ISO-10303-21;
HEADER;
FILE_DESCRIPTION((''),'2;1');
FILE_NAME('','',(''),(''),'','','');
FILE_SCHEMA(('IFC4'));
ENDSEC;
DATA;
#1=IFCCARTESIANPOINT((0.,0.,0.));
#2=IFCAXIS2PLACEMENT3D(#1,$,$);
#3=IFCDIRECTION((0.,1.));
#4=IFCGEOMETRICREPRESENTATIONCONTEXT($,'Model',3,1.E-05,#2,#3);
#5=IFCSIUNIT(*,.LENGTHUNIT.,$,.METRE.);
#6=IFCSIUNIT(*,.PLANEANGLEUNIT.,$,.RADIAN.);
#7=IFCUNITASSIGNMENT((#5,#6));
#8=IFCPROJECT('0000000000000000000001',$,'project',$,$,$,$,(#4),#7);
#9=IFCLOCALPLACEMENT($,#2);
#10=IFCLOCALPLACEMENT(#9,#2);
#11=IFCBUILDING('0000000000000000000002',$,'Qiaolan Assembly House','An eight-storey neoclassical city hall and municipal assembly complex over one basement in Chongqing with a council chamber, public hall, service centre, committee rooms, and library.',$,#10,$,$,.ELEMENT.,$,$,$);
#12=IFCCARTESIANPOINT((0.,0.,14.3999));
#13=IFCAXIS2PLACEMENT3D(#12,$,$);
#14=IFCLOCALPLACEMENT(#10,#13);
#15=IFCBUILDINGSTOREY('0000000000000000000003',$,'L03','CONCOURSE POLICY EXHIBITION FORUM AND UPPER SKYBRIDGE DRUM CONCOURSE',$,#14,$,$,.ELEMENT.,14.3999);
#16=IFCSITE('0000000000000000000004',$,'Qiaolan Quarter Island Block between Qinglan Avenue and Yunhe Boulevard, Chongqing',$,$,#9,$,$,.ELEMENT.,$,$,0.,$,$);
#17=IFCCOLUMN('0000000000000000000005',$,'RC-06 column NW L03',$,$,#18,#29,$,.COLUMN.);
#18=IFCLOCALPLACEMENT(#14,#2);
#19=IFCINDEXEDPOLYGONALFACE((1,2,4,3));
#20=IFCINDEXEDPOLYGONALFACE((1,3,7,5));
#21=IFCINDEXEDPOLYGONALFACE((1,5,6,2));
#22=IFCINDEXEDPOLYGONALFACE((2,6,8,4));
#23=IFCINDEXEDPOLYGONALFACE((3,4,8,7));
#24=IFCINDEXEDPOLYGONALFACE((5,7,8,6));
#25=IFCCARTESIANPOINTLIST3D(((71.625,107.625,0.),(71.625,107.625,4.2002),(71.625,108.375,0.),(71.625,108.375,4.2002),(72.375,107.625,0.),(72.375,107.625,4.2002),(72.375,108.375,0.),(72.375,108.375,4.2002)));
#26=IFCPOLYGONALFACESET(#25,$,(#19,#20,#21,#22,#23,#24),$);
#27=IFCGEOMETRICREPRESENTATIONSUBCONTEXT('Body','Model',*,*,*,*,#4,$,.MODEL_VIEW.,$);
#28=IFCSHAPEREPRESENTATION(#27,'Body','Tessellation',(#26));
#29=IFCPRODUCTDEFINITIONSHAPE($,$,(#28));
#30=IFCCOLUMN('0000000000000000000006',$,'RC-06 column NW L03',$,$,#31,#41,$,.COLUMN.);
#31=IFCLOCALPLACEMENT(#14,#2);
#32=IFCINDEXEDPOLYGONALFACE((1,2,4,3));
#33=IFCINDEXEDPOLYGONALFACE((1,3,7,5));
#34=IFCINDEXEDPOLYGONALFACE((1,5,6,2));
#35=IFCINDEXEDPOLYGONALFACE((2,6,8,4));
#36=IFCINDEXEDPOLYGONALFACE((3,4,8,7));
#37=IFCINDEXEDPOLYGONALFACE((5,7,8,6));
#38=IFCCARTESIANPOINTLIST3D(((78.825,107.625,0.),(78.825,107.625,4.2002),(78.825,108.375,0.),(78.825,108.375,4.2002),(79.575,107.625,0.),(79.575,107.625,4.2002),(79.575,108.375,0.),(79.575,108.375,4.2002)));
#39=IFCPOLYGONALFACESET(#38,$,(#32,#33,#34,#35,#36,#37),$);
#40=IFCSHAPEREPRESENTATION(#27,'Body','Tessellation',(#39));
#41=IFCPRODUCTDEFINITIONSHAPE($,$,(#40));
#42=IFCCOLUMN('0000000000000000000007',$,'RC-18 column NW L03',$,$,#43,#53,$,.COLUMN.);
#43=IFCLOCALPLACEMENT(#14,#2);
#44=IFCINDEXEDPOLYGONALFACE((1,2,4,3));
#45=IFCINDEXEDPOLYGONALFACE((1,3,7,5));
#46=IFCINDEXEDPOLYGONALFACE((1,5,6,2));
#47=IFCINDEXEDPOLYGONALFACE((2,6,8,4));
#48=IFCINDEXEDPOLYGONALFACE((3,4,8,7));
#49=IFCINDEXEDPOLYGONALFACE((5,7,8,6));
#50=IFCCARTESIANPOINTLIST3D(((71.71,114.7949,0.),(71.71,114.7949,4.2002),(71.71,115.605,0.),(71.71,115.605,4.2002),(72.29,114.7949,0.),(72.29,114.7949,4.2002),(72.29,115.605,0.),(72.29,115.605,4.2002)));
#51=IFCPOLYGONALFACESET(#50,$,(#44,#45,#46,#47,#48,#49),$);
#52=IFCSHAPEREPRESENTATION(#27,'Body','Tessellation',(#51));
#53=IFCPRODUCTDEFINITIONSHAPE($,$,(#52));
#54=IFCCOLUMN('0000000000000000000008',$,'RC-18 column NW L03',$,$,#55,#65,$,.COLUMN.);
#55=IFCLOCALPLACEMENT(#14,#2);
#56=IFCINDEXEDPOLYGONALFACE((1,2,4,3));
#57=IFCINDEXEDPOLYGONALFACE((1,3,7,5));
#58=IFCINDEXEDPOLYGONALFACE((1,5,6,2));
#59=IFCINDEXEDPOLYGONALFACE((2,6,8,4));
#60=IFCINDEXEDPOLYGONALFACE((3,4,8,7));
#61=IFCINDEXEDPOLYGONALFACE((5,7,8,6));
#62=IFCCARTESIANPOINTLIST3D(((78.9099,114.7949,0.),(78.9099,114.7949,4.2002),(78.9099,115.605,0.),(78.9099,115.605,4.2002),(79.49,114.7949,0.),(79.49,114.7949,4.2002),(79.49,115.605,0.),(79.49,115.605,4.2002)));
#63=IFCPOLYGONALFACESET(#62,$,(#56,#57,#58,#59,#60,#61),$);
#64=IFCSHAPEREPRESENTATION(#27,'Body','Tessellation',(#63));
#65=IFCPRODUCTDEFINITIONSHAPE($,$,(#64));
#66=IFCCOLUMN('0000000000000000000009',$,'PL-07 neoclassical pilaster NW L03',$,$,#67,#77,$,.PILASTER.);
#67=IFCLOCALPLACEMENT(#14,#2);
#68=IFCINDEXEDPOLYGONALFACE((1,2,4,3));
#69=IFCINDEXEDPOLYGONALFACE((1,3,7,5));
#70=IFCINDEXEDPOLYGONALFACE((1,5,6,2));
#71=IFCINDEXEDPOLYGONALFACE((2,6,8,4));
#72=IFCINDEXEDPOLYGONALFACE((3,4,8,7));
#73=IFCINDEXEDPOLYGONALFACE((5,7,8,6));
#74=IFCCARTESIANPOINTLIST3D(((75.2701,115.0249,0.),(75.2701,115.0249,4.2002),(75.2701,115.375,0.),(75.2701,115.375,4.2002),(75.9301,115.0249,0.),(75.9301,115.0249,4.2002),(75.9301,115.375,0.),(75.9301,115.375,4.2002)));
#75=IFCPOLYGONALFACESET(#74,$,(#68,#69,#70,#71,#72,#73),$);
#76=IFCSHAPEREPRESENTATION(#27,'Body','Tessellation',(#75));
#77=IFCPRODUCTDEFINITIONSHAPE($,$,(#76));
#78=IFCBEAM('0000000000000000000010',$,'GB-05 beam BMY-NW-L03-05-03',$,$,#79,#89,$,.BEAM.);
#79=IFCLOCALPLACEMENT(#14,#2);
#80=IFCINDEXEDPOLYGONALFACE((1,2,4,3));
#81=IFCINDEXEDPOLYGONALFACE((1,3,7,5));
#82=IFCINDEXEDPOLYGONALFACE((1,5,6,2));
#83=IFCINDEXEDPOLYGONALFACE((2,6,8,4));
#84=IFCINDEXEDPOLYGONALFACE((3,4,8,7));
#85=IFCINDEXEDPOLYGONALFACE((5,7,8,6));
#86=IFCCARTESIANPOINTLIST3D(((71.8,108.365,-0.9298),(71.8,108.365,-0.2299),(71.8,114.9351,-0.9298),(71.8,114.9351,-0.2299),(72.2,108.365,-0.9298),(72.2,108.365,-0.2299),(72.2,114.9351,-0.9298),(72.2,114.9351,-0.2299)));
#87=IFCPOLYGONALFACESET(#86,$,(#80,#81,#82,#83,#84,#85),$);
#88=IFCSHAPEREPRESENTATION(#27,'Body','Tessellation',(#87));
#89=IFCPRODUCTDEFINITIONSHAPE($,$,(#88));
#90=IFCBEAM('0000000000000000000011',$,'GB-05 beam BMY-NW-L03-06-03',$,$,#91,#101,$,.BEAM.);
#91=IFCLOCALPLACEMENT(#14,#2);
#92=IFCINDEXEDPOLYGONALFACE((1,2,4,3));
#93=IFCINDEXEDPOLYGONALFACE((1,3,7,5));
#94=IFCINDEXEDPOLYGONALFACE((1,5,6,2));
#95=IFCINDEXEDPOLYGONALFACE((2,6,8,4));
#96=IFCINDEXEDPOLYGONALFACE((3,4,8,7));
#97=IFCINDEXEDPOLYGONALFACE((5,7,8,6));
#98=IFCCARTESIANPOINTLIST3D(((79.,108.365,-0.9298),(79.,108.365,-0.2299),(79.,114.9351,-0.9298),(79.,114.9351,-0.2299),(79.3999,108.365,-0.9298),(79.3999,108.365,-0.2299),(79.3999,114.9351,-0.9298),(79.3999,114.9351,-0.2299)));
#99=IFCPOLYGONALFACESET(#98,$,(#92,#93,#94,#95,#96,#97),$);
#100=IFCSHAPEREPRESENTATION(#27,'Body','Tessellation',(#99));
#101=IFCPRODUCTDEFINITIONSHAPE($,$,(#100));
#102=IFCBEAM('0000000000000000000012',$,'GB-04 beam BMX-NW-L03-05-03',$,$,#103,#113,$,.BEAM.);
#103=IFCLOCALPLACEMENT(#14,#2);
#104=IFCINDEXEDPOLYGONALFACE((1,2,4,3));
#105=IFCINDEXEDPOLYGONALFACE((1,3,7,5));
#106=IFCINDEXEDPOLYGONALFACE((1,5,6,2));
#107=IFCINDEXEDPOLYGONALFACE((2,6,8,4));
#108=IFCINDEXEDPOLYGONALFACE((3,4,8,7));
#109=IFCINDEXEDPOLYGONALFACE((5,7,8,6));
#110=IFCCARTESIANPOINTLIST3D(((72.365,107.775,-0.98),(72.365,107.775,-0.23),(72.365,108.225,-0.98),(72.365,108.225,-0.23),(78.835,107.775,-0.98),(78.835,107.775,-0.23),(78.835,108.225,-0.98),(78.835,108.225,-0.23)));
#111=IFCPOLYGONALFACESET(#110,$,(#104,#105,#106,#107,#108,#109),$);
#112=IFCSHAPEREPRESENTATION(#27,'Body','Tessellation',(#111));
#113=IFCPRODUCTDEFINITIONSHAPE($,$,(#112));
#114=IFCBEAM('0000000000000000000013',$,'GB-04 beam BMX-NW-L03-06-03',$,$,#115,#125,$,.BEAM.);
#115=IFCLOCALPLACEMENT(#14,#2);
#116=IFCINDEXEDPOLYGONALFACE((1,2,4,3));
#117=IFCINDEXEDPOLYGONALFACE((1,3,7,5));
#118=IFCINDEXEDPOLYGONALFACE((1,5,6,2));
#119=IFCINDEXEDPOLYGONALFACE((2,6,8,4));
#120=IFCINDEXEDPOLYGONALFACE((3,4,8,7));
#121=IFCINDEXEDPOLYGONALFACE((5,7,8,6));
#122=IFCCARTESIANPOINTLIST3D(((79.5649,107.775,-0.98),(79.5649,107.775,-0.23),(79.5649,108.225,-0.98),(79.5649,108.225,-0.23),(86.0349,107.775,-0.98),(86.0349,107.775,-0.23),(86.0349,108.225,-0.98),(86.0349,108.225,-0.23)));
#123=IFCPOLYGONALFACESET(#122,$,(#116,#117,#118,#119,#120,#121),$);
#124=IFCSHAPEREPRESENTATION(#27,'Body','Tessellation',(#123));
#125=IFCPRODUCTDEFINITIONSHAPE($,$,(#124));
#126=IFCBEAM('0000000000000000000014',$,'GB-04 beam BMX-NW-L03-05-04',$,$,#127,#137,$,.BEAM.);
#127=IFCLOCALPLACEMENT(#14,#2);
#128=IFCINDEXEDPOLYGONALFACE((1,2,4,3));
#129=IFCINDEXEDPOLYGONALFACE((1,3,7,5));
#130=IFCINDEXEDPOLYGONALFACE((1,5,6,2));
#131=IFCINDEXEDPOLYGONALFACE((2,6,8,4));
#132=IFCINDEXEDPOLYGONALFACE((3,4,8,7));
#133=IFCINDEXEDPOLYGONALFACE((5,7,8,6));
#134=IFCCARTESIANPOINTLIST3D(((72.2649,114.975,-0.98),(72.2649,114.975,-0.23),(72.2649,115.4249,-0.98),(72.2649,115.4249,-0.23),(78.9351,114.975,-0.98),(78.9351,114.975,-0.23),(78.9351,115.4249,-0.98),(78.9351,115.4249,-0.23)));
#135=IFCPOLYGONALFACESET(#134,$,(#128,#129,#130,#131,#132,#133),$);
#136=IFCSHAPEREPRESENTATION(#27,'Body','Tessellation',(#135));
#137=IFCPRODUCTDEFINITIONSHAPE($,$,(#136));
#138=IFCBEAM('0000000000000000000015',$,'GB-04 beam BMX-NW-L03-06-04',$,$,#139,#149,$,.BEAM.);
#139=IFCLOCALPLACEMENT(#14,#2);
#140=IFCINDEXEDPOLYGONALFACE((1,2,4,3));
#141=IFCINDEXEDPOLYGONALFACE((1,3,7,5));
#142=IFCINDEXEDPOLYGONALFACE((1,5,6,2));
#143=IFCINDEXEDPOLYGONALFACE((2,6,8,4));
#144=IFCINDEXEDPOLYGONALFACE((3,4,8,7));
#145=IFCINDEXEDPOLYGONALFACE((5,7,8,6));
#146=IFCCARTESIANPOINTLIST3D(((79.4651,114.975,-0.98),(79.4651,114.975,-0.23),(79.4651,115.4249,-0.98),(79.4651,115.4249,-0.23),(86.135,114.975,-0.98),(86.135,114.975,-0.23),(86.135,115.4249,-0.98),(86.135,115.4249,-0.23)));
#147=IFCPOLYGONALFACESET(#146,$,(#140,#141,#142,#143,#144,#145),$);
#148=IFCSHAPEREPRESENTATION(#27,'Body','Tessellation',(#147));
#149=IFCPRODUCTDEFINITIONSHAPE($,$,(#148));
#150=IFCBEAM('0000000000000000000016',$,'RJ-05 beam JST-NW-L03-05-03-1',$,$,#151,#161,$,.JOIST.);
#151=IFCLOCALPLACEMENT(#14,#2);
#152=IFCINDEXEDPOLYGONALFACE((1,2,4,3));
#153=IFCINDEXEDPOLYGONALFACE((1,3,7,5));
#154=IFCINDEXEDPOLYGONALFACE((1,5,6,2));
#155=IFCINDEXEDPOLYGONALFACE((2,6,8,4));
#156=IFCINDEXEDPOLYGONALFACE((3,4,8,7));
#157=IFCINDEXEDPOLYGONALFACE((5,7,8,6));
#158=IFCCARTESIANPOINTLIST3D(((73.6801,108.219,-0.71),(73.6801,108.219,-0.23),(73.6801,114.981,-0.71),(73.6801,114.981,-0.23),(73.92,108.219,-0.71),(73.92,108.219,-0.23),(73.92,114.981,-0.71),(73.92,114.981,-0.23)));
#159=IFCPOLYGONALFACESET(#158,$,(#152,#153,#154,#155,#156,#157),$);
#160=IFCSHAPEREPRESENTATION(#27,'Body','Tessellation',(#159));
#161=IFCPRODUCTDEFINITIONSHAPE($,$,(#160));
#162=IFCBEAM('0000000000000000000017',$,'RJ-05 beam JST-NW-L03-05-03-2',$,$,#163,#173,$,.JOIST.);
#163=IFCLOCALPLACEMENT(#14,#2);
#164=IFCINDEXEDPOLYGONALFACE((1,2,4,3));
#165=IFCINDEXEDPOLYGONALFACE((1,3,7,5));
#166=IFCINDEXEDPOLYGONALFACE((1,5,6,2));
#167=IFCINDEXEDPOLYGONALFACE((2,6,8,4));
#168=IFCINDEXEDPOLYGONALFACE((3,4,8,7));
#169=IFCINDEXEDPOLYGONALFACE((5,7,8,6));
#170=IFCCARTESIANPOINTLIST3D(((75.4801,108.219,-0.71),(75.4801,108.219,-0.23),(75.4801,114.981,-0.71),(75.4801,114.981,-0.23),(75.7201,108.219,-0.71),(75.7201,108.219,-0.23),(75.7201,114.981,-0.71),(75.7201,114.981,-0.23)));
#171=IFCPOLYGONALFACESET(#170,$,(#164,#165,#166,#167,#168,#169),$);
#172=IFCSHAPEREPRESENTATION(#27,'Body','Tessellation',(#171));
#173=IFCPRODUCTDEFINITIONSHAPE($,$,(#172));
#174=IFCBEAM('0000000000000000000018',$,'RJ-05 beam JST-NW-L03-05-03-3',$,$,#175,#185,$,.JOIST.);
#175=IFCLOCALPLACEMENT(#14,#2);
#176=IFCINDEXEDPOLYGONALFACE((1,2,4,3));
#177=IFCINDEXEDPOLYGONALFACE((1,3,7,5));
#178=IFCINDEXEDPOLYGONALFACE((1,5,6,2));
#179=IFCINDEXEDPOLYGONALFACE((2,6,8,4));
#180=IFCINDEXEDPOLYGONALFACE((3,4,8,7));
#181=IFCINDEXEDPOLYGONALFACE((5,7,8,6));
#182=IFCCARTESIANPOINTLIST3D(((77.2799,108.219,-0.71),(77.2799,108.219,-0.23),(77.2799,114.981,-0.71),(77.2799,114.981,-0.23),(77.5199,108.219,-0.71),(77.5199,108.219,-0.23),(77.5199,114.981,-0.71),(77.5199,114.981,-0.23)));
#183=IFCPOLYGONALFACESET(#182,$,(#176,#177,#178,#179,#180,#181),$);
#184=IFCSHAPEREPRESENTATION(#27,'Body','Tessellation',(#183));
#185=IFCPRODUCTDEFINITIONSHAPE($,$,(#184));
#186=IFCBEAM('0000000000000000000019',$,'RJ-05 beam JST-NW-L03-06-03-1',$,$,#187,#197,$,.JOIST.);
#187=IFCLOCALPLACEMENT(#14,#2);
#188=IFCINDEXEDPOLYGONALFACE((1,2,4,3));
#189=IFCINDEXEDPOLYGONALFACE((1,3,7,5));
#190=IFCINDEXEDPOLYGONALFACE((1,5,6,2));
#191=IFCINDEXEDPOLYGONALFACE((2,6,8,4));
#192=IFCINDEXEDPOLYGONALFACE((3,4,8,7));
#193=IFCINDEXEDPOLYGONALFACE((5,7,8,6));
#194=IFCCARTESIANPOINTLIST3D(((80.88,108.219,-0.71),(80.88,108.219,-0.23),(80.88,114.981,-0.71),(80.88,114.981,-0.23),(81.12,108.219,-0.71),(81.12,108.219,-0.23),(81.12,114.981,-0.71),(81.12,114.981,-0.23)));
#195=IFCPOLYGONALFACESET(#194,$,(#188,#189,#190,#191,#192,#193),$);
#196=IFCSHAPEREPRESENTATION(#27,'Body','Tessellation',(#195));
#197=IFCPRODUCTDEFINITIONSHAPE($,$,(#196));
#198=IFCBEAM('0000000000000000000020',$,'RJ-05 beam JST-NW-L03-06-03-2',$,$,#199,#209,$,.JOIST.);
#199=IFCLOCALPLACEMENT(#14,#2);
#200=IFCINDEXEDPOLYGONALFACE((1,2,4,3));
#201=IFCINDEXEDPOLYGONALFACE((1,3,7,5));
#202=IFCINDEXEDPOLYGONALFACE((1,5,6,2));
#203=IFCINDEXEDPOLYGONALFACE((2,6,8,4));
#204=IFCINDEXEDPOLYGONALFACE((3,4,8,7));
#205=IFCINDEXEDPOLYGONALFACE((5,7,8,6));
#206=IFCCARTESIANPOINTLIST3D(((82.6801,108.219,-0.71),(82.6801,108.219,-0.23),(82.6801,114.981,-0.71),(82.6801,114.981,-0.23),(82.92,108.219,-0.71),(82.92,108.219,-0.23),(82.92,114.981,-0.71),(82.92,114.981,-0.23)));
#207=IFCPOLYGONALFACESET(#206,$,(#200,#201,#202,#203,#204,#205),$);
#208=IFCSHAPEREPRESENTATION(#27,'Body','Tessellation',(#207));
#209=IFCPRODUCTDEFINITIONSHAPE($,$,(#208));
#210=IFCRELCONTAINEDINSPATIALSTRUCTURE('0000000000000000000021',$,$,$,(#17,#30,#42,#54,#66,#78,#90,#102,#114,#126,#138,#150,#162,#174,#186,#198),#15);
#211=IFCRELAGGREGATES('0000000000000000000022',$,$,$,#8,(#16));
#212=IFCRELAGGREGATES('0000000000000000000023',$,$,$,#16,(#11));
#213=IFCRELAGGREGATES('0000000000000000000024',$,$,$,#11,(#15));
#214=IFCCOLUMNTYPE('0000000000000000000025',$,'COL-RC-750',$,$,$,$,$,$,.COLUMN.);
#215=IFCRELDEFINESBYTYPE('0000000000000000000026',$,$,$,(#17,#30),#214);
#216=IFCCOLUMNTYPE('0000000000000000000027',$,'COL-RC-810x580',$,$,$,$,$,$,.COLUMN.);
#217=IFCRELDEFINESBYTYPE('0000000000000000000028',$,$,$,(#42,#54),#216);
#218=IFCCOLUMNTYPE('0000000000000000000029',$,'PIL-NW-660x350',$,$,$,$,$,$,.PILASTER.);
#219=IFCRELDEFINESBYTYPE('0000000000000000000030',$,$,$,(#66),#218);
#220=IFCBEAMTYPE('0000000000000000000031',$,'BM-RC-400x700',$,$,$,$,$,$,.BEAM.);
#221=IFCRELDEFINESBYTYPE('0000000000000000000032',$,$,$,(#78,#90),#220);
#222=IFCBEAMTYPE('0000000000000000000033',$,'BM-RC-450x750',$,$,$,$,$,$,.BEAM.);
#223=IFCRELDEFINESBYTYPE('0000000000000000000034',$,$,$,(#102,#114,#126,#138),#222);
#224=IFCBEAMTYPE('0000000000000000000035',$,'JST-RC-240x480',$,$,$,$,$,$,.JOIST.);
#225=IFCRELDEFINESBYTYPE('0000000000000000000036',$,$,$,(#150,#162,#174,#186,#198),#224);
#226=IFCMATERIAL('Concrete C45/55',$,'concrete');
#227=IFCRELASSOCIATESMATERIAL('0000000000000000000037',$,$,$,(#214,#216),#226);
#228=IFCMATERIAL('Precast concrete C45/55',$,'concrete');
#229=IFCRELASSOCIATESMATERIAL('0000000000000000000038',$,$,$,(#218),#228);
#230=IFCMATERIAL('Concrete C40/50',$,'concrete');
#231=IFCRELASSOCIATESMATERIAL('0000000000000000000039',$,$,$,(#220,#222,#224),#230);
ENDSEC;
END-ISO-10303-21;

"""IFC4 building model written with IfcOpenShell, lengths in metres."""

from ifc_helpers import new_model, si_unit, direction, frame, origin, origin_2d, place, context, subcontext, project, spatial, rectangle, extrude, material, material_profile, profile_set, type_object, element, save


model = new_model("IFC4")

# Units and contexts
model_context = context("Model", 3, precision=1e-05, world=origin(), true_north=direction((0.0, 1.0)))
body_context = subcontext(model_context, "Body", "Model", "MODEL_VIEW")
ifc_project = project(units=[si_unit("LENGTHUNIT", "METRE"), si_unit("PLANEANGLEUNIT", "RADIAN")], contexts=[model_context])

# Site, building, storey
site_placement = place(None, origin())
site = spatial("IfcSite", under=ifc_project, at=site_placement, Name="Qiaolan Quarter Island Block between Qinglan Avenue and Yunhe Boulevard, Chongqing", CompositionType="ELEMENT", RefElevation=0.0)
building_placement = place(site_placement, origin())
building = spatial("IfcBuilding", under=site, at=building_placement, Name="Qiaolan Assembly House", Description="An eight-storey neoclassical city hall and municipal assembly complex over one basement in Chongqing with a council chamber, public hall, service centre, committee rooms, and library.", CompositionType="ELEMENT")
storey_placement = place(building_placement, frame((0.0, 0.0, 14.3999)))
storey = spatial("IfcBuildingStorey", under=building, at=storey_placement, Name="L03", Description="CONCOURSE POLICY EXHIBITION FORUM AND UPPER SKYBRIDGE DRUM CONCOURSE", CompositionType="ELEMENT", Elevation=14.3999)

# Columns
ifc_material_1 = material(Name="Concrete C45/55", Category="concrete")
ifc_material_profile_1 = material_profile(ifc_material_1, rectangle(XDim=0.75, YDim=0.75, at=origin_2d()), Name="RC 750x750")
ifc_profile_set_1 = profile_set([ifc_material_profile_1], Name="Concrete C45/55")
column_type_1 = type_object("IfcColumnType", Name="COL-RC-750", PredefinedType="COLUMN", material=ifc_profile_set_1)
for number, where, z_axis, x_axis, name in (
    (1, (72.0, 108.0, 0.0), (0.0, 0.0, 1.0), (1.0, 0.0, 0.0), "RC-06 column NW L03"),
    (2, (79.2, 108.0, 0.0), (0.0, 0.0, 1.0), (1.0, 0.0, 0.0), "RC-06 column NW L03"),
):
    element("IfcColumn", number, at=place(storey_placement, frame(where, z_axis=z_axis, x_axis=x_axis)), inside=storey, type_object=column_type_1, Name=name, PredefinedType="COLUMN", context=body_context, shape_type="SweptSolid", body=[
        extrude(rectangle(XDim=0.75, YDim=0.75, at=origin_2d()), origin(), (0.0, 0.0, 1.0), 4.2002),
    ])
ifc_material_profile_2 = material_profile(ifc_material_1, rectangle(XDim=0.5801, YDim=0.8101, at=origin_2d()), Name="RC 810x580")
ifc_profile_set_2 = profile_set([ifc_material_profile_2], Name="Concrete C45/55")
column_type_2 = type_object("IfcColumnType", Name="COL-RC-810x580", PredefinedType="COLUMN", material=ifc_profile_set_2)
for number, where, z_axis, x_axis, name in (
    (3, (72.0, 115.2, 0.0), (0.0, 0.0, 1.0), (1.0, 0.0, 0.0), "RC-18 column NW L03"),
    (4, (79.2, 115.2, 0.0), (0.0, 0.0, 1.0), (1.0, 0.0, 0.0), "RC-18 column NW L03"),
):
    element("IfcColumn", number, at=place(storey_placement, frame(where, z_axis=z_axis, x_axis=x_axis)), inside=storey, type_object=column_type_2, Name=name, PredefinedType="COLUMN", context=body_context, shape_type="SweptSolid", body=[
        extrude(rectangle(XDim=0.5801, YDim=0.8101, at=origin_2d()), origin(), (0.0, 0.0, 1.0), 4.2002),
    ])
ifc_material_2 = material(Name="Precast concrete C45/55", Category="concrete")
ifc_material_profile_3 = material_profile(ifc_material_2, rectangle(XDim=0.6599, YDim=0.3501, at=origin_2d()), Name="PIL 660x350")
ifc_profile_set_3 = profile_set([ifc_material_profile_3], Name="Precast concrete C45/55")
column_type_3 = type_object("IfcColumnType", Name="PIL-NW-660x350", PredefinedType="PILASTER", material=ifc_profile_set_3)
column_placement = place(storey_placement, frame((75.6001, 115.2, 0.0), z_axis=(0.0, 0.0, 1.0), x_axis=(1.0, 0.0, 0.0)))
element("IfcColumn", 5, at=column_placement, inside=storey, type_object=column_type_3, Name="PL-07 neoclassical pilaster NW L03", PredefinedType="PILASTER", context=body_context, shape_type="SweptSolid", body=[
    extrude(rectangle(XDim=0.6599, YDim=0.3501, at=origin_2d()), origin(), (0.0, 0.0, 1.0), 4.2002),
])

# Beams
ifc_material_3 = material(Name="Concrete C40/50", Category="concrete")
ifc_material_profile_4 = material_profile(ifc_material_3, rectangle(XDim=0.3999, YDim=0.7, at=origin_2d()), Name="RCB 400x700")
ifc_profile_set_4 = profile_set([ifc_material_profile_4], Name="Concrete C40/50")
beam_type_1 = type_object("IfcBeamType", Name="BM-RC-400x700", PredefinedType="BEAM", material=ifc_profile_set_4)
for number, where, z_axis, x_axis, name in (
    (6, (72.0, 108.365, -0.5798), (0.0, 1.0, 0.0), (-1.0, 0.0, 0.0), "GB-05 beam BMY-NW-L03-05-03"),
    (7, (79.2, 108.365, -0.5798), (0.0, 1.0, 0.0), (-1.0, 0.0, 0.0), "GB-05 beam BMY-NW-L03-06-03"),
):
    element("IfcBeam", number, at=place(storey_placement, frame(where, z_axis=z_axis, x_axis=x_axis)), inside=storey, type_object=beam_type_1, Name=name, PredefinedType="BEAM", context=body_context, shape_type="SweptSolid", body=[
        extrude(rectangle(XDim=0.3999, YDim=0.7, at=origin_2d()), origin(), (0.0, 0.0, 1.0), 6.5701),
    ])
ifc_material_profile_5 = material_profile(ifc_material_3, rectangle(XDim=0.45, YDim=0.75, at=origin_2d()), Name="RCB 450x750")
ifc_profile_set_5 = profile_set([ifc_material_profile_5], Name="Concrete C40/50")
beam_type_2 = type_object("IfcBeamType", Name="BM-RC-450x750", PredefinedType="BEAM", material=ifc_profile_set_5)
for number, where, z_axis, x_axis, name in (
    (8, (72.365, 108.0, -0.605), (1.0, 0.0, 0.0), (0.0, 1.0, 0.0), "GB-04 beam BMX-NW-L03-05-03"),
    (9, (79.5649, 108.0, -0.605), (1.0, 0.0, 0.0), (0.0, 1.0, 0.0), "GB-04 beam BMX-NW-L03-06-03"),
):
    element("IfcBeam", number, at=place(storey_placement, frame(where, z_axis=z_axis, x_axis=x_axis)), inside=storey, type_object=beam_type_2, Name=name, PredefinedType="BEAM", context=body_context, shape_type="SweptSolid", body=[
        extrude(rectangle(XDim=0.45, YDim=0.75, at=origin_2d()), origin(), (0.0, 0.0, 1.0), 6.47),
    ])
beam_1_placement = place(storey_placement, frame((72.2649, 115.2, -0.605), z_axis=(1.0, 0.0, 0.0), x_axis=(0.0, 1.0, 0.0)))
element("IfcBeam", 10, at=beam_1_placement, inside=storey, type_object=beam_type_2, Name="GB-04 beam BMX-NW-L03-05-04", PredefinedType="BEAM", context=body_context, shape_type="SweptSolid", body=[
    extrude(rectangle(XDim=0.45, YDim=0.75, at=origin_2d()), origin(), (0.0, 0.0, 1.0), 6.6702),
])
beam_2_placement = place(storey_placement, frame((79.4651, 115.2, -0.605), z_axis=(1.0, 0.0, 0.0), x_axis=(0.0, 1.0, 0.0)))
element("IfcBeam", 11, at=beam_2_placement, inside=storey, type_object=beam_type_2, Name="GB-04 beam BMX-NW-L03-06-04", PredefinedType="BEAM", context=body_context, shape_type="SweptSolid", body=[
    extrude(rectangle(XDim=0.45, YDim=0.75, at=origin_2d()), origin(), (0.0, 0.0, 1.0), 6.6699),
])
ifc_material_profile_6 = material_profile(ifc_material_3, rectangle(XDim=0.24, YDim=0.48, at=origin_2d()), Name="RCB 240x480")
ifc_profile_set_6 = profile_set([ifc_material_profile_6], Name="Concrete C40/50")
beam_type_3 = type_object("IfcBeamType", Name="JST-RC-240x480", PredefinedType="JOIST", material=ifc_profile_set_6)
for number, where, z_axis, x_axis, name in (
    (12, (73.8, 108.219, -0.47), (0.0, 1.0, 0.0), (-1.0, 0.0, 0.0), "RJ-05 beam JST-NW-L03-05-03-1"),
    (13, (75.6001, 108.219, -0.47), (0.0, 1.0, 0.0), (-1.0, 0.0, 0.0), "RJ-05 beam JST-NW-L03-05-03-2"),
    (14, (77.3999, 108.219, -0.47), (0.0, 1.0, 0.0), (-1.0, 0.0, 0.0), "RJ-05 beam JST-NW-L03-05-03-3"),
    (15, (81.0, 108.219, -0.47), (0.0, 1.0, 0.0), (-1.0, 0.0, 0.0), "RJ-05 beam JST-NW-L03-06-03-1"),
    (16, (82.8, 108.219, -0.47), (0.0, 1.0, 0.0), (-1.0, 0.0, 0.0), "RJ-05 beam JST-NW-L03-06-03-2"),
):
    element("IfcBeam", number, at=place(storey_placement, frame(where, z_axis=z_axis, x_axis=x_axis)), inside=storey, type_object=beam_type_3, Name=name, PredefinedType="JOIST", context=body_context, shape_type="SweptSolid", body=[
        extrude(rectangle(XDim=0.24, YDim=0.48, at=origin_2d()), origin(), (0.0, 0.0, 1.0), 6.762),
    ])

save(model, "model.ifc")
